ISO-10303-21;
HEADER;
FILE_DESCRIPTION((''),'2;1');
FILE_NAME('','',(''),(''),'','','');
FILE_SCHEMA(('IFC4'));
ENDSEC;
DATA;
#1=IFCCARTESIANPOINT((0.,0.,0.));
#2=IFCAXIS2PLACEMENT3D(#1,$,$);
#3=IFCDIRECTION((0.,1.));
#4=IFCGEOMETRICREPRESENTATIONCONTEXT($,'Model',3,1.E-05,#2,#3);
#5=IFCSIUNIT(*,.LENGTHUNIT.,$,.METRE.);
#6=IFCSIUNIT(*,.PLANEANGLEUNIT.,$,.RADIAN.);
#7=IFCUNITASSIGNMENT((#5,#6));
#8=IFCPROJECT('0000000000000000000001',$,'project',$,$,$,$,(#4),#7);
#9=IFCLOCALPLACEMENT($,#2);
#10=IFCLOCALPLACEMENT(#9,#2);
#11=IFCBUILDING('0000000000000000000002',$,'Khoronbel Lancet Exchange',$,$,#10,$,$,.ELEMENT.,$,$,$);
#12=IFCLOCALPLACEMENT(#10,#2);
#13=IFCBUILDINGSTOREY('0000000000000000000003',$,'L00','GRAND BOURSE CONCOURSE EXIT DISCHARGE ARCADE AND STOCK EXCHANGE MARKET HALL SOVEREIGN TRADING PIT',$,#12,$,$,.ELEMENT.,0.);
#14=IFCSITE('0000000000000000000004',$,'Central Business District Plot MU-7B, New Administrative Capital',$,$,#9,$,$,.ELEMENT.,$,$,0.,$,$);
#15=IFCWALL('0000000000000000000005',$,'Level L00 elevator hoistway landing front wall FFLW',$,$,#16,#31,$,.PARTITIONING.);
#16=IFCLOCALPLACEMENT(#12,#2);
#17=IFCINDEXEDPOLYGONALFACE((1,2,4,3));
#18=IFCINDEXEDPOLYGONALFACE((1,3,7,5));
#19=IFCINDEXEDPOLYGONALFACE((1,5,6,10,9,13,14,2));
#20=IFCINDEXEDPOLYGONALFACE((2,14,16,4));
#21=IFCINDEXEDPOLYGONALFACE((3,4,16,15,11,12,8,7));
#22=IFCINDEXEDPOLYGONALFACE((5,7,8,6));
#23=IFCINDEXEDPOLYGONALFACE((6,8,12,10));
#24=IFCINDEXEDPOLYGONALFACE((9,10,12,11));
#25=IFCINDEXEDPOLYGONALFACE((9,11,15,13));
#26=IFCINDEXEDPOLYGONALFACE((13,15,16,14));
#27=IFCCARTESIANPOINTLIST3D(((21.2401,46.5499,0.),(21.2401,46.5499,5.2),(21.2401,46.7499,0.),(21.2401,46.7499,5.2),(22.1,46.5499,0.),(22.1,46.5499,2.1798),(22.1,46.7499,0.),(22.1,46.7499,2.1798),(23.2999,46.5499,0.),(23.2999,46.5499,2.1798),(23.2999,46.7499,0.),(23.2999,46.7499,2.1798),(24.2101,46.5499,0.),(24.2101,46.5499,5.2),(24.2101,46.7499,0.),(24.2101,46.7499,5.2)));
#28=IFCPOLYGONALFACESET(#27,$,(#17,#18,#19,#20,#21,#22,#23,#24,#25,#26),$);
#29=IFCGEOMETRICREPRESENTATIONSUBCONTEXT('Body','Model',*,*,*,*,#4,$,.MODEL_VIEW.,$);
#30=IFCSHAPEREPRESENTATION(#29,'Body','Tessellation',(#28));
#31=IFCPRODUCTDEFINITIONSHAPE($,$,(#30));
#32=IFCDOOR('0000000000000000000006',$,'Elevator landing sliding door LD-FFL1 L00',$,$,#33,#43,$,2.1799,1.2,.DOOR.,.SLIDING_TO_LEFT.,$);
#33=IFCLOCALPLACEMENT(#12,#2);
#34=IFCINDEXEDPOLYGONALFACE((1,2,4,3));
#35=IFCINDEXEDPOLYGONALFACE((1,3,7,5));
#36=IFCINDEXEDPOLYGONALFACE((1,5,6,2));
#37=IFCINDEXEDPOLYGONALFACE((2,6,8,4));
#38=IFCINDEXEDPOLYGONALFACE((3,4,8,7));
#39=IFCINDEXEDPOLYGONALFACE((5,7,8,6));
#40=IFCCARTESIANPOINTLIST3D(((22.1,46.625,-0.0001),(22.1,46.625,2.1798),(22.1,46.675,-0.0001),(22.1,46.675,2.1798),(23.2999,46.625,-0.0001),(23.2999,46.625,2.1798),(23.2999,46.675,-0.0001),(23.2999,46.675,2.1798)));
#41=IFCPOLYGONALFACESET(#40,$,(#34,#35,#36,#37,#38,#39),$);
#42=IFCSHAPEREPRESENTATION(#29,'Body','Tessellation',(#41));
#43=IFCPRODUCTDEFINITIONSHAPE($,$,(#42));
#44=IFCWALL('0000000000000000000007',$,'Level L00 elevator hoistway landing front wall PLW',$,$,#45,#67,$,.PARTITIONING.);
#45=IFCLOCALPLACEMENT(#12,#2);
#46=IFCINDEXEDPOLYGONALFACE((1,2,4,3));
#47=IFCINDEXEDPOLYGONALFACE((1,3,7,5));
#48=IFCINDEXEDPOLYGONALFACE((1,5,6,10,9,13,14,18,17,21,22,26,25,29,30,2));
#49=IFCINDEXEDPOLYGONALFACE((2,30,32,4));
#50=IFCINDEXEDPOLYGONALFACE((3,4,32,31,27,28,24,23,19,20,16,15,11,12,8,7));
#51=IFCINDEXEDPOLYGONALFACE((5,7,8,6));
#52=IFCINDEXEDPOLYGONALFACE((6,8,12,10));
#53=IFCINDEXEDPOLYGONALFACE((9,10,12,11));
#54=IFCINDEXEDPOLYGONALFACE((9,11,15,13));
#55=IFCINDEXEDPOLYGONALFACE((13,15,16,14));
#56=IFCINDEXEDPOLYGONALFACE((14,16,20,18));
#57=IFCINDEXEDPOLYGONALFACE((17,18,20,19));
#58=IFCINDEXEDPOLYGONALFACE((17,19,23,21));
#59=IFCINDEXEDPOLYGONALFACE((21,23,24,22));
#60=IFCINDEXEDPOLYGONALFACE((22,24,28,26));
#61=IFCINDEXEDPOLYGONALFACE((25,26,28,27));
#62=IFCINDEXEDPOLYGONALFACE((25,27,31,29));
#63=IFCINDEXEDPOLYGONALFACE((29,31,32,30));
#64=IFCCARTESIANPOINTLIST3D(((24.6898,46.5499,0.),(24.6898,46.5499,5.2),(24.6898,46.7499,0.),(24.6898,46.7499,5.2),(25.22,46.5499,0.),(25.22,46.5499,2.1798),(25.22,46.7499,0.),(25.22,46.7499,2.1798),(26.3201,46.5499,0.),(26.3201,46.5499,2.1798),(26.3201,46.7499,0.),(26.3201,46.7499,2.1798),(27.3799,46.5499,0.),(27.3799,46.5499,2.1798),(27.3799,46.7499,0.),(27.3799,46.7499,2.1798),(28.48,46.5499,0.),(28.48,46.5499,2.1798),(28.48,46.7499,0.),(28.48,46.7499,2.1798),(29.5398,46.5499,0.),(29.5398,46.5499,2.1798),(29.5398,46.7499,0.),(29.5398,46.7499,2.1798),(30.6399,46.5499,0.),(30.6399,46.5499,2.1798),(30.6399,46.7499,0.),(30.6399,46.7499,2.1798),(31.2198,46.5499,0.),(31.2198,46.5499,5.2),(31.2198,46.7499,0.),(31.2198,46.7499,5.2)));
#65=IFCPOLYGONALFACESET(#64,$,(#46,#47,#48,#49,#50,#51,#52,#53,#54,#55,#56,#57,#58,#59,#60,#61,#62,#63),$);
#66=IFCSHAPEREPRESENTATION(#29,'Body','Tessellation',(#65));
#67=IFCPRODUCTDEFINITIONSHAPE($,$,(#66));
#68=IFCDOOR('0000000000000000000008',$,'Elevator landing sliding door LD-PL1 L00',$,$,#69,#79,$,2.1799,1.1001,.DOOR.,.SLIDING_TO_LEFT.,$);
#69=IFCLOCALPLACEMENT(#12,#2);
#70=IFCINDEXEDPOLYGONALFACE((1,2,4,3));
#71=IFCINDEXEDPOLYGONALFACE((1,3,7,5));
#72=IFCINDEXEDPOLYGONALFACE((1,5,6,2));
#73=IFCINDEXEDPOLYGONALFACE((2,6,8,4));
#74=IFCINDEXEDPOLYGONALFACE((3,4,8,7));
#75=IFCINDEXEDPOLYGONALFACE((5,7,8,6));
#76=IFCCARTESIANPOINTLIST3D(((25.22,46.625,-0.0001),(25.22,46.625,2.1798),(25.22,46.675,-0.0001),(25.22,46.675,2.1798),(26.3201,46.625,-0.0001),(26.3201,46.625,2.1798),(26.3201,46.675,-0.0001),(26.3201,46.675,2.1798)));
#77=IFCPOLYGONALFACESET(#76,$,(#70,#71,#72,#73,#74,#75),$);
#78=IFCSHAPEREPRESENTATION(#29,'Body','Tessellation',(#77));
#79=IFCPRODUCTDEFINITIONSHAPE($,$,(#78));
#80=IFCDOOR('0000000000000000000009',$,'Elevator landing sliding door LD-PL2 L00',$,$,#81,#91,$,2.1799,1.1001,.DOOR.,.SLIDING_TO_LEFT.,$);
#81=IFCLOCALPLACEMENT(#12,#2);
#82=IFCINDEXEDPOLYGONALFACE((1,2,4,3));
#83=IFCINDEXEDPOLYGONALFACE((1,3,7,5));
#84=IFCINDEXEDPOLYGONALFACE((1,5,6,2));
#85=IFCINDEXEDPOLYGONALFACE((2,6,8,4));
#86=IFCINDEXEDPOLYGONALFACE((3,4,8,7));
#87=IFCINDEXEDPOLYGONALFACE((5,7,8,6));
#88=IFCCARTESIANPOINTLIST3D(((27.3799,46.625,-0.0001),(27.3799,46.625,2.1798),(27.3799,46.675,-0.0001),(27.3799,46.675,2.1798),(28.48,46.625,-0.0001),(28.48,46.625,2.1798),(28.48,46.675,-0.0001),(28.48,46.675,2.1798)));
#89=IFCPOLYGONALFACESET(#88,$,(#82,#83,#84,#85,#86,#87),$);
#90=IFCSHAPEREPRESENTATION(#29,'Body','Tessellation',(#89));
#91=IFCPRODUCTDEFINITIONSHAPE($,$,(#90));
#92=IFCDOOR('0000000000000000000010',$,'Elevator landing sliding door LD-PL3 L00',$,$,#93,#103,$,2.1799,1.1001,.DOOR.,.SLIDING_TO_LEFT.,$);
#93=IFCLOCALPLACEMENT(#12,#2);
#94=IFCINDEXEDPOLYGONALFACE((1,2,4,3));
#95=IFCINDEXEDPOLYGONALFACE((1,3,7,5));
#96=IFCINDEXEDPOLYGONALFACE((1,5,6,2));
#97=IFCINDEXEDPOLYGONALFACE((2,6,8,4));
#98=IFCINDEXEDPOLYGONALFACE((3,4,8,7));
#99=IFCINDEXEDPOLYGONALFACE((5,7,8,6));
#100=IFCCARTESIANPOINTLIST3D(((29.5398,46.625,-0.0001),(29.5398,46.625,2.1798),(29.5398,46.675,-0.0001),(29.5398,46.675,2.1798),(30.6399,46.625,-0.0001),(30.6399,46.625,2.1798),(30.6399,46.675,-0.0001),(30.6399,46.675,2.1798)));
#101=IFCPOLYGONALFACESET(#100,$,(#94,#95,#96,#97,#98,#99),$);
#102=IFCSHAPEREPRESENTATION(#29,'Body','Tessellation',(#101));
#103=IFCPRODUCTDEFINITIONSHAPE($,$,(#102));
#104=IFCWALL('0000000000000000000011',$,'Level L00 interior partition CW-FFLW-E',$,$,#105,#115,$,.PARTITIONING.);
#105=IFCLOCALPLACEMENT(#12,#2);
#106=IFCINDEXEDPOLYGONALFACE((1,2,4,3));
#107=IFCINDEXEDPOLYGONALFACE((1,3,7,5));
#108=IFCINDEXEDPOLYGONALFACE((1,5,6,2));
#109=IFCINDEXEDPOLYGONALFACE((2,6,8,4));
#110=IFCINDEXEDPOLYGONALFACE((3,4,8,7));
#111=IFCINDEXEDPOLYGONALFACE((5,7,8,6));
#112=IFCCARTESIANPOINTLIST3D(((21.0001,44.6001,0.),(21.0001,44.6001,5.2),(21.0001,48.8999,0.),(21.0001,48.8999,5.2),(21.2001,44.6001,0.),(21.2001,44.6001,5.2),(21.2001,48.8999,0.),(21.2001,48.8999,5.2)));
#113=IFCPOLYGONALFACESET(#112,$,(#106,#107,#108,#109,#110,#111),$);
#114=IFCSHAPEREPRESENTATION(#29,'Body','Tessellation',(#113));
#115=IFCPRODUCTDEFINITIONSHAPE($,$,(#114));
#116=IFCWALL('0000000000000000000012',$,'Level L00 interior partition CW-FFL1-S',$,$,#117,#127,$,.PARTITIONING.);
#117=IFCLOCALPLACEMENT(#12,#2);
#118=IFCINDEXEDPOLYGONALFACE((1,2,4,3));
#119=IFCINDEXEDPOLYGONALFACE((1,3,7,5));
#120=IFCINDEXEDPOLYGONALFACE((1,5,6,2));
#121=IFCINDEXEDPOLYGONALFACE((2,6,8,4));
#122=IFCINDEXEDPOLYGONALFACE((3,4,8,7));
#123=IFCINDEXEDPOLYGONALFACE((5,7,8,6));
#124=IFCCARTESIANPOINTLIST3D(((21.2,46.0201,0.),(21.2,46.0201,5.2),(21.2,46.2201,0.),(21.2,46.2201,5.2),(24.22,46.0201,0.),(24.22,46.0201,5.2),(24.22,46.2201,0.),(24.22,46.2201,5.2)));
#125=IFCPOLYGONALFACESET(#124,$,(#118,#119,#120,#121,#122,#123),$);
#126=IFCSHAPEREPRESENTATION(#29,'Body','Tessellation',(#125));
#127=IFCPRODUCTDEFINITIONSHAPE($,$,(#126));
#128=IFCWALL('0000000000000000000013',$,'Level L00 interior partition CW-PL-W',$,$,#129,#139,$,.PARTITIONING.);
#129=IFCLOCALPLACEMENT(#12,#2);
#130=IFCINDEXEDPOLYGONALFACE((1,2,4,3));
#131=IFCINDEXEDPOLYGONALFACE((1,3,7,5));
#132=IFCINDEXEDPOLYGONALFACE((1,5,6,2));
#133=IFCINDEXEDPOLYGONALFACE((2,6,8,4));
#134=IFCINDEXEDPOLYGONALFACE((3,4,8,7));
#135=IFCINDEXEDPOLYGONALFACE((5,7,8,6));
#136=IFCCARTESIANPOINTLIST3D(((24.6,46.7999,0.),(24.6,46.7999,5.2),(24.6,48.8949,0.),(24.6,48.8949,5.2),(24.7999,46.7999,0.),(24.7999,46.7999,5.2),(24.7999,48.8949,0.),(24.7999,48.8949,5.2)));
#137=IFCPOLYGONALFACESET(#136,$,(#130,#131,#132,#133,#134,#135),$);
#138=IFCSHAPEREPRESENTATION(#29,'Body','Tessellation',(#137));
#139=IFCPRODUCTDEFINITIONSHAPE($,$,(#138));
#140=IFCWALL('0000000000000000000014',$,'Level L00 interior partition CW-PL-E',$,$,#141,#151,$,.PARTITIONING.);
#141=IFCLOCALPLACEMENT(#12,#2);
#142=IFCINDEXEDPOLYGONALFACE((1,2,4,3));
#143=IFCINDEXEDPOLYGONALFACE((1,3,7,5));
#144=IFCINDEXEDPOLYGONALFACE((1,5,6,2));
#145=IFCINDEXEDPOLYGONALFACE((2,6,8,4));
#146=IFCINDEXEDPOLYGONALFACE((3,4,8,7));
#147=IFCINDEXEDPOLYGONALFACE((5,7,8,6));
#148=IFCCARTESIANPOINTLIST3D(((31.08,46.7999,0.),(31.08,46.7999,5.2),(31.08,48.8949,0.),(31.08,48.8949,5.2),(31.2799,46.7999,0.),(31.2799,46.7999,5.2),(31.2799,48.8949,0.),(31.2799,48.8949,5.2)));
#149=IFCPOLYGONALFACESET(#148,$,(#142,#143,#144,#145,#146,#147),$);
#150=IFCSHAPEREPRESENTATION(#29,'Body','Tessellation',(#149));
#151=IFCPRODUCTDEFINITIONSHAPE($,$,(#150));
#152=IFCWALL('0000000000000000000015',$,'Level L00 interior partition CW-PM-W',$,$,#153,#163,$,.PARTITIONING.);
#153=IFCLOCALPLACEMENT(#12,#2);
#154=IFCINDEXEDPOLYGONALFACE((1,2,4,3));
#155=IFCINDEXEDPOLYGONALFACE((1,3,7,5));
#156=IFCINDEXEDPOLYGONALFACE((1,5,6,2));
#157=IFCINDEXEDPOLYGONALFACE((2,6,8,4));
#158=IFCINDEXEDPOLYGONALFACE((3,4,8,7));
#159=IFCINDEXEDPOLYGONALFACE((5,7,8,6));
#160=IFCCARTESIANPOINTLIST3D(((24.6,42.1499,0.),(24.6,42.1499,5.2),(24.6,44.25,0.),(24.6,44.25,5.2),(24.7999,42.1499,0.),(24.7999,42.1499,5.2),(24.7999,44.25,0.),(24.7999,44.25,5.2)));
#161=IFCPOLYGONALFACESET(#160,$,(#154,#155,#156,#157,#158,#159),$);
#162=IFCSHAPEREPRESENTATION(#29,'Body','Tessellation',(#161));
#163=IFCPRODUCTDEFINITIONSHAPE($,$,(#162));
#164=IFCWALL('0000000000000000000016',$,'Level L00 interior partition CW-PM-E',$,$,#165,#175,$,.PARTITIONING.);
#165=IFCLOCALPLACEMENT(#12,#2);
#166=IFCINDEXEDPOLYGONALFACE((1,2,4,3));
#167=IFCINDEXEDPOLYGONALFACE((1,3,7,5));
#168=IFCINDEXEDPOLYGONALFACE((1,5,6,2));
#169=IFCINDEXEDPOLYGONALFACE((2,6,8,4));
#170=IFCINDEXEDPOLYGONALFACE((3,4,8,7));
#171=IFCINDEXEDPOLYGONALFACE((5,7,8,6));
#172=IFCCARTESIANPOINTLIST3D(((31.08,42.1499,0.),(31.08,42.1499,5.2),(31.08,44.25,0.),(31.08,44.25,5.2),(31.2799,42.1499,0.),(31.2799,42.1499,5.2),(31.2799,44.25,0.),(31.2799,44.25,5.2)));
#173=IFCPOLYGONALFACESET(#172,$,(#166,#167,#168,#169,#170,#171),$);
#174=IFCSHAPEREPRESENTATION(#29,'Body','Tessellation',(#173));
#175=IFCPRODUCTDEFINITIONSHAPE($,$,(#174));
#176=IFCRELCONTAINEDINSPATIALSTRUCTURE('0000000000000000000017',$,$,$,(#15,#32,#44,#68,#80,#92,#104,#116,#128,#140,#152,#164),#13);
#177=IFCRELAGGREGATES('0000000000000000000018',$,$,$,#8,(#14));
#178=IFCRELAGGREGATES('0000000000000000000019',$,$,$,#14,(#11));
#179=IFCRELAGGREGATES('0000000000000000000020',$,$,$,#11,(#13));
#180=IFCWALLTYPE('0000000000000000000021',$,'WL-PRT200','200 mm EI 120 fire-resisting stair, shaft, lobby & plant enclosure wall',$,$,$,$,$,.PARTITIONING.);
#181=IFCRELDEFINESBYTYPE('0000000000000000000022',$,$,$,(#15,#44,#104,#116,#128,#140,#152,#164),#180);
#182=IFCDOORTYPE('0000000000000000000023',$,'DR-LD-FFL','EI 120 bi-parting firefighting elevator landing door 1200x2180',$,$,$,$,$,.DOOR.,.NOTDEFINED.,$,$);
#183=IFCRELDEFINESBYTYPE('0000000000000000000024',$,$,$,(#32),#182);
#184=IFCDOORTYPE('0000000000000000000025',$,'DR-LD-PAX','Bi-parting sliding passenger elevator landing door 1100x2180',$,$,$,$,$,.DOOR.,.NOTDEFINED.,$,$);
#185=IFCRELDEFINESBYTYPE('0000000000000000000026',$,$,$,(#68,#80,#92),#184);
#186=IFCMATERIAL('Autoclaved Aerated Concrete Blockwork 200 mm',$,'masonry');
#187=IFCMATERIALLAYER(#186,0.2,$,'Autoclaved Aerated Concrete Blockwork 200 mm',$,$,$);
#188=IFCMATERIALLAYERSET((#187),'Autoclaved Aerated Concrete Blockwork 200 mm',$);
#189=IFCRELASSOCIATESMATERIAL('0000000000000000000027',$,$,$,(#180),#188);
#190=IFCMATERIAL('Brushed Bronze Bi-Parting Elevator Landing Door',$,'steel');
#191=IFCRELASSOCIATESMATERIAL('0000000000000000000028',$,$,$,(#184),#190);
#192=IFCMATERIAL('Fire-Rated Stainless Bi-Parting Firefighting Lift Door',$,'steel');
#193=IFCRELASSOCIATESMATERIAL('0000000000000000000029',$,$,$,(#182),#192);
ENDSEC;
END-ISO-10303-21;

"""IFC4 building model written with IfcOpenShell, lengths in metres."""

from ifc_helpers import new_model, si_unit, direction, frame, frame_2d, origin, place, context, subcontext, project, spatial, rectangle, extrude, material, layer, layer_set, type_object, element, fill, save


model = new_model("IFC4")

# Units and contexts
model_context = context("Model", 3, precision=1e-05, world=origin(), true_north=direction((0.0, 1.0)))
body_context = subcontext(model_context, "Body", "Model", "MODEL_VIEW")
ifc_project = project(units=[si_unit("LENGTHUNIT", "METRE"), si_unit("PLANEANGLEUNIT", "RADIAN")], contexts=[model_context])

# Site, building, storey
site_placement = place(None, origin())
site = spatial("IfcSite", under=ifc_project, at=site_placement, Name="Central Business District Plot MU-7B, New Administrative Capital", CompositionType="ELEMENT", RefElevation=0.0)
building_placement = place(site_placement, origin())
building = spatial("IfcBuilding", under=site, at=building_placement, Name="Khoronbel Lancet Exchange", CompositionType="ELEMENT")
storey_placement = place(building_placement, origin())
storey = spatial("IfcBuildingStorey", under=building, at=storey_placement, Name="L00", Description="GRAND BOURSE CONCOURSE EXIT DISCHARGE ARCADE AND STOCK EXCHANGE MARKET HALL SOVEREIGN TRADING PIT", CompositionType="ELEMENT", Elevation=0.0)

# Shared definitions
ifc_material_1 = material(Name="Autoclaved Aerated Concrete Blockwork 200 mm", Category="masonry")
ifc_layer_1 = layer(ifc_material_1, 0.2, Name="Autoclaved Aerated Concrete Blockwork 200 mm")
ifc_layer_set_1 = layer_set([ifc_layer_1], Name="Autoclaved Aerated Concrete Blockwork 200 mm")
wall_type_1 = type_object("IfcWallType", Name="WL-PRT200", Description="200 mm EI 120 fire-resisting stair, shaft, lobby & plant enclosure wall", PredefinedType="PARTITIONING", material=ifc_layer_set_1)
ifc_material_2 = material(Name="Brushed Bronze Bi-Parting Elevator Landing Door", Category="steel")
door_type_1 = type_object("IfcDoorType", Name="DR-LD-PAX", Description="Bi-parting sliding passenger elevator landing door 1100x2180", OperationType="NOTDEFINED", PredefinedType="DOOR", material=ifc_material_2)

# Wall, opening, door
wall_1_placement = place(storey_placement, frame((24.21, 46.6499, 0.0), z_axis=(0.0, 0.0, 1.0), x_axis=(-1.0, 0.0, 0.0)))
wall_1 = element("IfcWall", 1, at=wall_1_placement, inside=storey, type_object=wall_type_1, Name="Level L00 elevator hoistway landing front wall FFLW", PredefinedType="PARTITIONING", context=body_context, shape_type="SweptSolid", body=[
    extrude(rectangle(XDim=2.97, YDim=0.2, at=frame_2d((1.4849, 0.0))), origin(), (0.0, 0.0, 1.0), 5.2),
])
opening_1_placement = place(wall_1_placement, frame((0.9099, 0.0, 0.0)))
opening_1 = element("IfcOpeningElement", 2, at=opening_1_placement, cuts=wall_1, PredefinedType="OPENING", context=body_context, shape_type="SweptSolid", body=[
    extrude(rectangle(XDim=1.2, YDim=2.1799, at=frame_2d((0.6001, 1.0898))), frame((0.0, 0.1099, 0.0), z_axis=(0.0, -1.0, 0.0), x_axis=(1.0, 0.0, 0.0)), (0.0, 0.0, 1.0), 0.22),
])
ifc_material_3 = material(Name="Fire-Rated Stainless Bi-Parting Firefighting Lift Door", Category="steel")
door_type_2 = type_object("IfcDoorType", Name="DR-LD-FFL", Description="EI 120 bi-parting firefighting elevator landing door 1200x2180", OperationType="NOTDEFINED", PredefinedType="DOOR", material=ifc_material_3)
door_1_placement = place(opening_1_placement, origin())
door_1 = element("IfcDoor", 3, at=door_1_placement, inside=storey, type_object=door_type_2, Name="Elevator landing sliding door LD-FFL1 L00", OperationType="SLIDING_TO_LEFT", OverallHeight=2.1799, OverallWidth=1.2, PredefinedType="DOOR", context=body_context, shape_type="SweptSolid", body=[
    extrude(rectangle(XDim=1.2, YDim=2.1799, at=frame_2d((0.6001, 1.0898))), frame((0.0, 0.0249, 0.0), z_axis=(0.0, -1.0, 0.0), x_axis=(1.0, 0.0, 0.0)), (0.0, 0.0, 1.0), 0.05),
])
fill(opening_1, door_1)

# Wall, openings, doors
wall_2_placement = place(storey_placement, frame((31.22, 46.6499, 0.0), z_axis=(0.0, 0.0, 1.0), x_axis=(-1.0, 0.0, 0.0)))
wall_2 = element("IfcWall", 4, at=wall_2_placement, inside=storey, type_object=wall_type_1, Name="Level L00 elevator hoistway landing front wall PLW", PredefinedType="PARTITIONING", context=body_context, shape_type="SweptSolid", body=[
    extrude(rectangle(XDim=6.53, YDim=0.2, at=frame_2d((3.2651, 0.0))), origin(), (0.0, 0.0, 1.0), 5.2),
])
opening_2_placement = place(wall_2_placement, frame((4.8999, 0.0, 0.0)))
opening_2 = element("IfcOpeningElement", 5, at=opening_2_placement, cuts=wall_2, PredefinedType="OPENING", context=body_context, shape_type="SweptSolid", body=[
    extrude(rectangle(XDim=1.1001, YDim=2.1799, at=frame_2d((0.55, 1.0898))), frame((0.0, 0.1099, 0.0), z_axis=(0.0, -1.0, 0.0), x_axis=(1.0, 0.0, 0.0)), (0.0, 0.0, 1.0), 0.22),
])
opening_3_placement = place(wall_2_placement, frame((2.74, 0.0, 0.0)))
opening_3 = element("IfcOpeningElement", 6, at=opening_3_placement, cuts=wall_2, PredefinedType="OPENING", context=body_context, shape_type="SweptSolid", body=[
    extrude(rectangle(XDim=1.1001, YDim=2.1799, at=frame_2d((0.55, 1.0898))), frame((0.0, 0.1099, 0.0), z_axis=(0.0, -1.0, 0.0), x_axis=(1.0, 0.0, 0.0)), (0.0, 0.0, 1.0), 0.22),
])
opening_4_placement = place(wall_2_placement, frame((0.5801, 0.0, 0.0)))
opening_4 = element("IfcOpeningElement", 7, at=opening_4_placement, cuts=wall_2, PredefinedType="OPENING", context=body_context, shape_type="SweptSolid", body=[
    extrude(rectangle(XDim=1.1001, YDim=2.1799, at=frame_2d((0.55, 1.0898))), frame((0.0, 0.1099, 0.0), z_axis=(0.0, -1.0, 0.0), x_axis=(1.0, 0.0, 0.0)), (0.0, 0.0, 1.0), 0.22),
])
door_2_placement = place(opening_2_placement, origin())
door_2 = element("IfcDoor", 8, at=door_2_placement, inside=storey, type_object=door_type_1, Name="Elevator landing sliding door LD-PL1 L00", OperationType="SLIDING_TO_LEFT", OverallHeight=2.1799, OverallWidth=1.1001, PredefinedType="DOOR", context=body_context, shape_type="SweptSolid", body=[
    extrude(rectangle(XDim=1.1001, YDim=2.1799, at=frame_2d((0.55, 1.0898))), frame((0.0, 0.0249, 0.0), z_axis=(0.0, -1.0, 0.0), x_axis=(1.0, 0.0, 0.0)), (0.0, 0.0, 1.0), 0.05),
])
fill(opening_2, door_2)
door_3_placement = place(opening_3_placement, origin())
door_3 = element("IfcDoor", 9, at=door_3_placement, inside=storey, type_object=door_type_1, Name="Elevator landing sliding door LD-PL2 L00", OperationType="SLIDING_TO_LEFT", OverallHeight=2.1799, OverallWidth=1.1001, PredefinedType="DOOR", context=body_context, shape_type="SweptSolid", body=[
    extrude(rectangle(XDim=1.1001, YDim=2.1799, at=frame_2d((0.55, 1.0898))), frame((0.0, 0.0249, 0.0), z_axis=(0.0, -1.0, 0.0), x_axis=(1.0, 0.0, 0.0)), (0.0, 0.0, 1.0), 0.05),
])
fill(opening_3, door_3)
door_4_placement = place(opening_4_placement, origin())
door_4 = element("IfcDoor", 10, at=door_4_placement, inside=storey, type_object=door_type_1, Name="Elevator landing sliding door LD-PL3 L00", OperationType="SLIDING_TO_LEFT", OverallHeight=2.1799, OverallWidth=1.1001, PredefinedType="DOOR", context=body_context, shape_type="SweptSolid", body=[
    extrude(rectangle(XDim=1.1001, YDim=2.1799, at=frame_2d((0.55, 1.0898))), frame((0.0, 0.0249, 0.0), z_axis=(0.0, -1.0, 0.0), x_axis=(1.0, 0.0, 0.0)), (0.0, 0.0, 1.0), 0.05),
])
fill(opening_4, door_4)

# Walls
wall_3_placement = place(storey_placement, frame((21.1001, 44.6001, 0.0), z_axis=(0.0, 0.0, 1.0), x_axis=(0.0, 1.0, 0.0)))
element("IfcWall", 11, at=wall_3_placement, inside=storey, type_object=wall_type_1, Name="Level L00 interior partition CW-FFLW-E", PredefinedType="PARTITIONING", context=body_context, shape_type="SweptSolid", body=[
    extrude(rectangle(XDim=4.2998, YDim=0.2, at=frame_2d((2.1499, 0.0))), origin(), (0.0, 0.0, 1.0), 5.2),
])
wall_4_placement = place(storey_placement, frame((21.2, 46.1201, 0.0), z_axis=(0.0, 0.0, 1.0), x_axis=(1.0, 0.0, 0.0)))
element("IfcWall", 12, at=wall_4_placement, inside=storey, type_object=wall_type_1, Name="Level L00 interior partition CW-FFL1-S", PredefinedType="PARTITIONING", context=body_context, shape_type="SweptSolid", body=[
    extrude(rectangle(XDim=3.02, YDim=0.2, at=frame_2d((1.51, 0.0))), origin(), (0.0, 0.0, 1.0), 5.2),
])
for number, where, z_axis, x_axis, name in (
    (13, (24.7, 46.8, 0.0), (0.0, 0.0, 1.0), (0.0, 1.0, 0.0), "Level L00 interior partition CW-PL-W"),
    (14, (31.1799, 46.8, 0.0), (0.0, 0.0, 1.0), (0.0, 1.0, 0.0), "Level L00 interior partition CW-PL-E"),
):
    element("IfcWall", number, at=place(storey_placement, frame(where, z_axis=z_axis, x_axis=x_axis)), inside=storey, type_object=wall_type_1, Name=name, PredefinedType="PARTITIONING", context=body_context, shape_type="SweptSolid", body=[
        extrude(rectangle(XDim=2.095, YDim=0.2, at=frame_2d((1.0474, 0.0))), origin(), (0.0, 0.0, 1.0), 5.2),
    ])
for number, where, z_axis, x_axis, name in (
    (15, (24.7, 42.1499, 0.0), (0.0, 0.0, 1.0), (0.0, 1.0, 0.0), "Level L00 interior partition CW-PM-W"),
    (16, (31.1799, 42.1499, 0.0), (0.0, 0.0, 1.0), (0.0, 1.0, 0.0), "Level L00 interior partition CW-PM-E"),
):
    element("IfcWall", number, at=place(storey_placement, frame(where, z_axis=z_axis, x_axis=x_axis)), inside=storey, type_object=wall_type_1, Name=name, PredefinedType="PARTITIONING", context=body_context, shape_type="SweptSolid", body=[
        extrude(rectangle(XDim=2.1001, YDim=0.2, at=frame_2d((1.05, 0.0))), origin(), (0.0, 0.0, 1.0), 5.2),
    ])

save(model, "model.ifc")
